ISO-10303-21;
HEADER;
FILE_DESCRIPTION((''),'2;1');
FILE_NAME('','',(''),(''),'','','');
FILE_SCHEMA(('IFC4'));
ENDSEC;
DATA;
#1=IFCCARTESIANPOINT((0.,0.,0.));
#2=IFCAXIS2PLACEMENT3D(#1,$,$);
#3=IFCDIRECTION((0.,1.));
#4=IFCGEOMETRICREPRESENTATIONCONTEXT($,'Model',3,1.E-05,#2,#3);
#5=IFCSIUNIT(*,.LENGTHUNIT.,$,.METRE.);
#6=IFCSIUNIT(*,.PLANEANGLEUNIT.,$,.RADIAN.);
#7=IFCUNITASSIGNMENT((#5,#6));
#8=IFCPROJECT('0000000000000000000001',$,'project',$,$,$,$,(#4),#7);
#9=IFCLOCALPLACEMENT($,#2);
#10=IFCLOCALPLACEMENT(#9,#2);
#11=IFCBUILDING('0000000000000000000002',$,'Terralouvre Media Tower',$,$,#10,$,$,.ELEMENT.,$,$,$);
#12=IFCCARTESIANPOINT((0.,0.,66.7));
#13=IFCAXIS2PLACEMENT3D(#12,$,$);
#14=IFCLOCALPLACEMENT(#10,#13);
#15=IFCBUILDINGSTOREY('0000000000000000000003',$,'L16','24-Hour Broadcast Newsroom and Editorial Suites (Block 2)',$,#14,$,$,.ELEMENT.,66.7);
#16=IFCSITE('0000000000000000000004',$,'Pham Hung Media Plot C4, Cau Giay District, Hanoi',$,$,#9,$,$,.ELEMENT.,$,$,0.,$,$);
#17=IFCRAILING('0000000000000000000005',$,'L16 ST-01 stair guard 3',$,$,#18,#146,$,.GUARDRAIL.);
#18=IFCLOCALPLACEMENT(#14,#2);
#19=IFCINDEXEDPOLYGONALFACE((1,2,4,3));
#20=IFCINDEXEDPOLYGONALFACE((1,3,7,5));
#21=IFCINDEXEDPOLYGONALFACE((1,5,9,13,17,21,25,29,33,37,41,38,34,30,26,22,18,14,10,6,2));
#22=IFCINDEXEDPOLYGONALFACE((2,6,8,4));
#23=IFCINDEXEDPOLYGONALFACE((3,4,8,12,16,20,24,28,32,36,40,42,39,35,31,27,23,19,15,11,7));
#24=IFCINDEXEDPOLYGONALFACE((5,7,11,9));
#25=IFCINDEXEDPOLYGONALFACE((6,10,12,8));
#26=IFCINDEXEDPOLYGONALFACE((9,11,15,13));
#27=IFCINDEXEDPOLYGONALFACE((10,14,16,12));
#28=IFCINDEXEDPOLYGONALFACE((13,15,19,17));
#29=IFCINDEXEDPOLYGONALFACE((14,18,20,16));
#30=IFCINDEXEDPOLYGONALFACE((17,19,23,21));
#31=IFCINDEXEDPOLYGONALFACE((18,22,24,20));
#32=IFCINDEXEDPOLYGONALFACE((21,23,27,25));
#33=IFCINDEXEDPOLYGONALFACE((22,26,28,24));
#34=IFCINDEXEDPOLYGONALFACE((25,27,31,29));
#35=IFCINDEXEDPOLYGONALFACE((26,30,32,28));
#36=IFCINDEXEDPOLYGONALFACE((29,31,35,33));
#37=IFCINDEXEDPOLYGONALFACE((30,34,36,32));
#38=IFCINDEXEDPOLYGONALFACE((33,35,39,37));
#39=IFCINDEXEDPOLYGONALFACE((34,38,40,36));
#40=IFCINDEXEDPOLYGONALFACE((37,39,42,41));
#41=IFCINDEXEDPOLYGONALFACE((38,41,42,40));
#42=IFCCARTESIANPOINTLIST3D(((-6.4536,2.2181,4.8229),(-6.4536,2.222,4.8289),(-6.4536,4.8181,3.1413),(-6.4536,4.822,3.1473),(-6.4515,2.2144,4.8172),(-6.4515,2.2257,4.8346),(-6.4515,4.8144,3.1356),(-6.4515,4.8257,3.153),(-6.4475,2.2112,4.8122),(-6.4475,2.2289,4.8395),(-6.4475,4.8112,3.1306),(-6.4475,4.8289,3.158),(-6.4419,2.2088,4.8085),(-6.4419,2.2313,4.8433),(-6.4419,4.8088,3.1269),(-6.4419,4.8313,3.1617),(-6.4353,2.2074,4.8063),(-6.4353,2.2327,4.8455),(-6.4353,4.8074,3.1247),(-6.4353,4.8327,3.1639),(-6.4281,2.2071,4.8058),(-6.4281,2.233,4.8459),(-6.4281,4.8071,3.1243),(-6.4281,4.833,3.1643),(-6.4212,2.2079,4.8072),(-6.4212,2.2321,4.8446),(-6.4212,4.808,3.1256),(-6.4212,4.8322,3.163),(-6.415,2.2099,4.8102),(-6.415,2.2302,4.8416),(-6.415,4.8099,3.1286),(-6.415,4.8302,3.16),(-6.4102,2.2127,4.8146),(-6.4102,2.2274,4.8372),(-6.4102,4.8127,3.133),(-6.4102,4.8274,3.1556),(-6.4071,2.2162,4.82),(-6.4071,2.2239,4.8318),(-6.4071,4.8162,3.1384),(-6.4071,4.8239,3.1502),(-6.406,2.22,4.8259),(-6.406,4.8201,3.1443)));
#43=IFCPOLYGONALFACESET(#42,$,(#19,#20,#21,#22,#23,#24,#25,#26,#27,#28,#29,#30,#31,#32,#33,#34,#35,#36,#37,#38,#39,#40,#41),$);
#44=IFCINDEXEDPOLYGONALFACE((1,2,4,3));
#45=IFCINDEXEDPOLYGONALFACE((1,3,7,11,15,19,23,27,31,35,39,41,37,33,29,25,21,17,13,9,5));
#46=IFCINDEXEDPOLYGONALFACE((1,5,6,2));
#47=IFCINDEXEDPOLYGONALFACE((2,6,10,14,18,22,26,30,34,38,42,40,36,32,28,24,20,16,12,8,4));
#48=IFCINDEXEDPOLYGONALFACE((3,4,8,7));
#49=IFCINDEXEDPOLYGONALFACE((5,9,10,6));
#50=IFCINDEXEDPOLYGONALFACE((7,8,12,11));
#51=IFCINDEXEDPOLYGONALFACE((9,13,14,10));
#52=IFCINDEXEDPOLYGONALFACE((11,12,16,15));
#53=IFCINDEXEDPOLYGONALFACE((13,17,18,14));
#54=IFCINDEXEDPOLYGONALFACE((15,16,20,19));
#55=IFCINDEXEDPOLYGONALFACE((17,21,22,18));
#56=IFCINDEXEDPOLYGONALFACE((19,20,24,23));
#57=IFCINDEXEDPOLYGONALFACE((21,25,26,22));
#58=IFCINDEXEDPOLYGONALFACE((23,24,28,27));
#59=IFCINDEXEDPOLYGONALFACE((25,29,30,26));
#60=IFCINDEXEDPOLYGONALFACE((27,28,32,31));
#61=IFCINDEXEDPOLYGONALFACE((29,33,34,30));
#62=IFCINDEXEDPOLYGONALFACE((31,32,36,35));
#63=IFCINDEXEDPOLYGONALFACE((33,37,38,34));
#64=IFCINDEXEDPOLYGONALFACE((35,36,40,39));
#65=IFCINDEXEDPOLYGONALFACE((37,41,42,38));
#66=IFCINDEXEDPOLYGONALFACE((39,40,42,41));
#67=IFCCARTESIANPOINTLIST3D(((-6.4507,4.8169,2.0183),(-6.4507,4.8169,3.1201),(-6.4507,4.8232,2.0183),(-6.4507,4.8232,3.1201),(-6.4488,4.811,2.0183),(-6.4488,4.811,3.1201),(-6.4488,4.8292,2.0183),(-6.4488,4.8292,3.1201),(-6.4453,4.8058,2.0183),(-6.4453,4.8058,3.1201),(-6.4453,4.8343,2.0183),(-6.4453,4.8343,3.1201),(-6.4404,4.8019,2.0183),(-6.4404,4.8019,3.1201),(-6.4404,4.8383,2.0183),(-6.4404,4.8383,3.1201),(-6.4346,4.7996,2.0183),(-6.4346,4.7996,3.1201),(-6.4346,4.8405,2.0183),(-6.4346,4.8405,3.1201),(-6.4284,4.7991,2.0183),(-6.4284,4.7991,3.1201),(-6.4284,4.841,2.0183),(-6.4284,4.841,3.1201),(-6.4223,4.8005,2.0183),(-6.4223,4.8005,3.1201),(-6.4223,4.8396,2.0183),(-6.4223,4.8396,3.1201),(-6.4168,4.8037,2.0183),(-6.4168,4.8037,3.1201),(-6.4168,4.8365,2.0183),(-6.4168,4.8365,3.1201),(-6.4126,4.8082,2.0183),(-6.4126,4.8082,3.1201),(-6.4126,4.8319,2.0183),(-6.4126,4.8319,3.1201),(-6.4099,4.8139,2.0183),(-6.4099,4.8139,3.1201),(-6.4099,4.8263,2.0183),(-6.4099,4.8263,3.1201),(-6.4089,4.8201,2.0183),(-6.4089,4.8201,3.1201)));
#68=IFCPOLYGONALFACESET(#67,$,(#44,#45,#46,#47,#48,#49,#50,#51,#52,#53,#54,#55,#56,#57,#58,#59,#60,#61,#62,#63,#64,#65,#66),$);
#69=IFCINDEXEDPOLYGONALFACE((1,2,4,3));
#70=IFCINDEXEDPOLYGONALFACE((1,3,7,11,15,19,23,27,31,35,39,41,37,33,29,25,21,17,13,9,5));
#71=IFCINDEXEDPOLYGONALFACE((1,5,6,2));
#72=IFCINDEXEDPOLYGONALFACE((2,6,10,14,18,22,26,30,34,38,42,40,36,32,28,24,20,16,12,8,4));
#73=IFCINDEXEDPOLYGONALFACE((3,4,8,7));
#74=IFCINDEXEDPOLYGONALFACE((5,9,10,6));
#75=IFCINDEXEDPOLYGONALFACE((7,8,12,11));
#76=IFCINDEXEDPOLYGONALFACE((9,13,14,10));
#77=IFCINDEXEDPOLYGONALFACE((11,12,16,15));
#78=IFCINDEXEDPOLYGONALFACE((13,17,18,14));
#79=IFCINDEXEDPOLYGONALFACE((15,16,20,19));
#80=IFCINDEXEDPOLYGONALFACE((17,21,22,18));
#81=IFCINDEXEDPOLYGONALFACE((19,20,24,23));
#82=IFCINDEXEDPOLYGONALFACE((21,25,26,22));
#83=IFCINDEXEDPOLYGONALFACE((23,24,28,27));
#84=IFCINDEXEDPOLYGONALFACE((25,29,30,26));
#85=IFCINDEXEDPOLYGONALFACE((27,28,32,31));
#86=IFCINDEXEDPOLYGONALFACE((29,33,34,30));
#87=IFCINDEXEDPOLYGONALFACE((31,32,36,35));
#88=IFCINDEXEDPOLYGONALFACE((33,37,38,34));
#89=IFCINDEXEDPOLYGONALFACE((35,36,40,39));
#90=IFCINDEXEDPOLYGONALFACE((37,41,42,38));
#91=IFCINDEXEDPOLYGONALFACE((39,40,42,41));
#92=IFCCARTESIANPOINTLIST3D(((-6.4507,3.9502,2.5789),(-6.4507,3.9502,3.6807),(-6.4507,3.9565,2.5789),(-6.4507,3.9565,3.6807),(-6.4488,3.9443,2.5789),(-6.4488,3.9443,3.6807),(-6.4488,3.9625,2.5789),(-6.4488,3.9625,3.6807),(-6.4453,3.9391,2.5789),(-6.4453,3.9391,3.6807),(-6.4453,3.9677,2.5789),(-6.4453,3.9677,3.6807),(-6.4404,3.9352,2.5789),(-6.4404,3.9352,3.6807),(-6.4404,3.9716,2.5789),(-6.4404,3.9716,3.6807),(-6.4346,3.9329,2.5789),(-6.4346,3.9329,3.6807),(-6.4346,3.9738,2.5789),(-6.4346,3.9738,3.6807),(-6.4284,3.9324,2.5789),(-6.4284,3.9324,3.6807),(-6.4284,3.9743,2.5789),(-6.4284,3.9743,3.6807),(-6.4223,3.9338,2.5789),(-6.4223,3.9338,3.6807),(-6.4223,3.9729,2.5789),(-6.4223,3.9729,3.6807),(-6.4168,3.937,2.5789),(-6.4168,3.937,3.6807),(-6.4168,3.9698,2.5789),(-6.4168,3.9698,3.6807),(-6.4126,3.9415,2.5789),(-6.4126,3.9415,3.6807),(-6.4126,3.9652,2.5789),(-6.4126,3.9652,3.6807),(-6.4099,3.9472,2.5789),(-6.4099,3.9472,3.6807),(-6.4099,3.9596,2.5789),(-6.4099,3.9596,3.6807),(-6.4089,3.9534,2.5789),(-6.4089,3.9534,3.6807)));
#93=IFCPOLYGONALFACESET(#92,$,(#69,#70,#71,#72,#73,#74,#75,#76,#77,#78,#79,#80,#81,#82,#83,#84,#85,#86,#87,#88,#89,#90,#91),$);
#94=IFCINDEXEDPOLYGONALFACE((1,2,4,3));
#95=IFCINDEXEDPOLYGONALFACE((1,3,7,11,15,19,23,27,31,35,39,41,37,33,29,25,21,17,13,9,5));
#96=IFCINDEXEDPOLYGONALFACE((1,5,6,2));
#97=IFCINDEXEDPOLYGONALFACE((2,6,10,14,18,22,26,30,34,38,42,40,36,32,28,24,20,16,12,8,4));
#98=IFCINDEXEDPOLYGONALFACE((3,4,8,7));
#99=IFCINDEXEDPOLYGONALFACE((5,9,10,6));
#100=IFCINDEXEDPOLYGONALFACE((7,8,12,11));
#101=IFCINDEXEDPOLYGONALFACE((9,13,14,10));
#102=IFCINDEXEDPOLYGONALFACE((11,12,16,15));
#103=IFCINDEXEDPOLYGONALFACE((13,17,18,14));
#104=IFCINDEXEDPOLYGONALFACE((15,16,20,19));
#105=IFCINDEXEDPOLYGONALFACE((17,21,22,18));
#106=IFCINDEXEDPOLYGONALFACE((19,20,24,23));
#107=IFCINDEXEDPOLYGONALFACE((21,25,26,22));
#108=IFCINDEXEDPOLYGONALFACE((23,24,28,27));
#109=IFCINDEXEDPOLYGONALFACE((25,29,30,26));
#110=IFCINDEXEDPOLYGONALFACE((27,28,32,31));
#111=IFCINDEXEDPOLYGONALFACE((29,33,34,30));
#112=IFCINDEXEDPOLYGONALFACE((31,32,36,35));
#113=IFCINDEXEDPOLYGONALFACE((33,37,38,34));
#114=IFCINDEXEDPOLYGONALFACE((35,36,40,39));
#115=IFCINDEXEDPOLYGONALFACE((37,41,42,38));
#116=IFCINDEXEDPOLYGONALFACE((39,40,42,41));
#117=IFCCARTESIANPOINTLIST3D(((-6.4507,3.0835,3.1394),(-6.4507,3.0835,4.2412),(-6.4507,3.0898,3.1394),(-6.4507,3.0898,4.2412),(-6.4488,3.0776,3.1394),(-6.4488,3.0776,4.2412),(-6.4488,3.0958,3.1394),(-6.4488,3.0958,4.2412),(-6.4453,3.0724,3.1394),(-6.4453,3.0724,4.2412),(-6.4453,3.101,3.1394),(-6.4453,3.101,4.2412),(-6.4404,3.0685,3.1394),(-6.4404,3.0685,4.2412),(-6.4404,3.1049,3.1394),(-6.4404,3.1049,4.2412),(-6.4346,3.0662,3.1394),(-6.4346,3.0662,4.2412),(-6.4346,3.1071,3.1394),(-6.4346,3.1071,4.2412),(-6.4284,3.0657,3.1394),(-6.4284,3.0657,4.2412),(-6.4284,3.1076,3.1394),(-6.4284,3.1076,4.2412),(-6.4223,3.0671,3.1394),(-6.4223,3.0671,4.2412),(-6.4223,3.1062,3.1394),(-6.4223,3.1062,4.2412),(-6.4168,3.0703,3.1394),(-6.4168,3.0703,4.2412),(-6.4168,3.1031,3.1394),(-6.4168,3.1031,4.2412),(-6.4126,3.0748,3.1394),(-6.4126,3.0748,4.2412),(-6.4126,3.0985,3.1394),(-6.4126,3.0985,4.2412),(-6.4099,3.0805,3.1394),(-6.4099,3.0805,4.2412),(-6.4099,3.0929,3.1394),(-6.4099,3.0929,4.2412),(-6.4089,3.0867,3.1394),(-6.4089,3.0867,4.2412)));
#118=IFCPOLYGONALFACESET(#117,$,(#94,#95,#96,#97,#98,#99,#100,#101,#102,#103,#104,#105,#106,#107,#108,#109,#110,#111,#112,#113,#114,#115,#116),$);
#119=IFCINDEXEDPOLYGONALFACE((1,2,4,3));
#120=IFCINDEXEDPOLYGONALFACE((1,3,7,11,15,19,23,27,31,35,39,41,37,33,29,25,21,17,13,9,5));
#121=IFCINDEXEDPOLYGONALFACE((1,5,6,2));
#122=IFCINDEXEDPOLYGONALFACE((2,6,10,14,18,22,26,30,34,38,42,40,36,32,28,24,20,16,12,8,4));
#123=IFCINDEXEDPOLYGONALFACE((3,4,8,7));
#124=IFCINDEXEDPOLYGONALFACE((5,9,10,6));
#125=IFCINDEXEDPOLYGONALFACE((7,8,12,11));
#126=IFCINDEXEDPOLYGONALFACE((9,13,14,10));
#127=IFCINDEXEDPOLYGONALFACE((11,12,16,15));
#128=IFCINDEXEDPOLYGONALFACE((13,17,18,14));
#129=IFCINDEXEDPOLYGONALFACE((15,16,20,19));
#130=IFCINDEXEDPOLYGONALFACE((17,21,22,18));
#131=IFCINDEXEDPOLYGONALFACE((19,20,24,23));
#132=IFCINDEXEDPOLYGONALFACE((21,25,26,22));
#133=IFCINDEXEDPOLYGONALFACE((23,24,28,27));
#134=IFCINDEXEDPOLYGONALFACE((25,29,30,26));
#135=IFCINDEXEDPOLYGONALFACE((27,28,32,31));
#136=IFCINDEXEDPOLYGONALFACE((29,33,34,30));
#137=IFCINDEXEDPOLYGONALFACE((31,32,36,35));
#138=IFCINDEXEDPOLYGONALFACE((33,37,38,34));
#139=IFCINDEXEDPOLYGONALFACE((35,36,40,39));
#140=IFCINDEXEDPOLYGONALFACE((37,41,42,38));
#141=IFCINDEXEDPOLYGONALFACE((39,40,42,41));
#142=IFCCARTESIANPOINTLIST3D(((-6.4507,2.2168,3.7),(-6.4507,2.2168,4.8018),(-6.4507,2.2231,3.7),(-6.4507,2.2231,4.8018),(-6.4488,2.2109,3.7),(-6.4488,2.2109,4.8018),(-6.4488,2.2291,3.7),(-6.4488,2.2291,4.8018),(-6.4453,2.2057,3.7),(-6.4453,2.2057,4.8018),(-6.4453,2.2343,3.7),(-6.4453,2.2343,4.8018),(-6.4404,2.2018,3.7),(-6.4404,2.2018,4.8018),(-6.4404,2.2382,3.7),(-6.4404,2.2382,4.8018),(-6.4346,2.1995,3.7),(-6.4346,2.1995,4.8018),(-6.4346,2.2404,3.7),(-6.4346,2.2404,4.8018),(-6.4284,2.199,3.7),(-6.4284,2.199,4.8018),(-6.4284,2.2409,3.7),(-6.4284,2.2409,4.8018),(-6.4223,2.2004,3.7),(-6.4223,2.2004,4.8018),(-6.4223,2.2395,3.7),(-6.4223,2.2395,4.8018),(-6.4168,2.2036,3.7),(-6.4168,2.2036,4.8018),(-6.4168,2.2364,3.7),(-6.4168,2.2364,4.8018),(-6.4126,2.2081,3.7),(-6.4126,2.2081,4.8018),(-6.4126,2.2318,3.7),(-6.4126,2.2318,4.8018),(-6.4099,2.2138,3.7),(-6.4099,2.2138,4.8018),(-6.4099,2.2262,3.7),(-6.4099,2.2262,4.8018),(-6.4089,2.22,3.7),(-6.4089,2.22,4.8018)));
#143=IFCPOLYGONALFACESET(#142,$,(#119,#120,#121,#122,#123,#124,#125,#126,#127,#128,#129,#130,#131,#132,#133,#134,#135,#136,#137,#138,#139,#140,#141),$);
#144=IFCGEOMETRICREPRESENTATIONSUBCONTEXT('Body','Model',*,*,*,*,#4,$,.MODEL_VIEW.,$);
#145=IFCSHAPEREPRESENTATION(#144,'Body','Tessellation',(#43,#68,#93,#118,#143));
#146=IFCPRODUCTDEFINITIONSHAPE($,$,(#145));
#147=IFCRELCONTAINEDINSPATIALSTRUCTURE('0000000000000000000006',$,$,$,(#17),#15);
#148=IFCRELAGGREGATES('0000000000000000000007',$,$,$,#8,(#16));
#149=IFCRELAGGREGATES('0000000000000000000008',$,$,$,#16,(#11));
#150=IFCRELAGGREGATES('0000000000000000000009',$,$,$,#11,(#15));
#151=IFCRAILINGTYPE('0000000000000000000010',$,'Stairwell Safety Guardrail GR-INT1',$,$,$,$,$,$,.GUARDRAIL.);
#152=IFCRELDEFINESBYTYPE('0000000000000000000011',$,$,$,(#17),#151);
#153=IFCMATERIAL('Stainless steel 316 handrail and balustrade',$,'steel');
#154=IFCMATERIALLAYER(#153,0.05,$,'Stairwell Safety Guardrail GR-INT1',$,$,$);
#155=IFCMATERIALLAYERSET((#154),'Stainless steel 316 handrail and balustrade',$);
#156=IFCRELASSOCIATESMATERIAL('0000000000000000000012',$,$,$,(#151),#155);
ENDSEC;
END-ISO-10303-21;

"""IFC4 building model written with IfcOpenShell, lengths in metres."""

from ifc_helpers import new_model, si_unit, direction, frame, origin, origin_2d, place, context, subcontext, project, spatial, circle, extrude, material, layer, layer_set, type_object, element, save


model = new_model("IFC4")

# Units and contexts
model_context = context("Model", 3, precision=1e-05, world=origin(), true_north=direction((0.0, 1.0)))
body_context = subcontext(model_context, "Body", "Model", "MODEL_VIEW")
ifc_project = project(units=[si_unit("LENGTHUNIT", "METRE"), si_unit("PLANEANGLEUNIT", "RADIAN")], contexts=[model_context])

# Site, building, storey
site_placement = place(None, origin())
site = spatial("IfcSite", under=ifc_project, at=site_placement, Name="Pham Hung Media Plot C4, Cau Giay District, Hanoi", CompositionType="ELEMENT", RefElevation=0.0)
building_placement = place(site_placement, origin())
building = spatial("IfcBuilding", under=site, at=building_placement, Name="Terralouvre Media Tower", CompositionType="ELEMENT")
storey_placement = place(building_placement, frame((0.0, 0.0, 66.7)))
storey = spatial("IfcBuildingStorey", under=building, at=storey_placement, Name="L16", Description="24-Hour Broadcast Newsroom and Editorial Suites (Block 2)", CompositionType="ELEMENT", Elevation=66.7)

# Railing
ifc_material_1 = material(Name="Stainless steel 316 handrail and balustrade", Category="steel")
ifc_layer_1 = layer(ifc_material_1, 0.05, Name="Stairwell Safety Guardrail GR-INT1")
ifc_layer_set_1 = layer_set([ifc_layer_1], Name="Stainless steel 316 handrail and balustrade")
railing_type_1 = type_object("IfcRailingType", Name="Stairwell Safety Guardrail GR-INT1", PredefinedType="GUARDRAIL", material=ifc_layer_set_1)
railing_1_placement = place(storey_placement, frame((-6.4299, 4.8201, 2.0183)))
element("IfcRailing", 1, at=railing_1_placement, inside=storey, type_object=railing_type_1, Name="L16 ST-01 stair guard 3", PredefinedType="GUARDRAIL", context=body_context, shape_type="SweptSolid", body=[
    extrude(circle(Radius=0.0239, at=origin_2d()), frame((0.0, 0.0, 1.126), z_axis=(0.0, -0.839684, 0.543075), x_axis=(1.0, 0.0, 0.0)), (0.0, 0.0, 1.0), 3.0964),
    extrude(circle(Radius=0.021, at=origin_2d()), origin(), (0.0, 0.0, 1.0), 1.1018),
    extrude(circle(Radius=0.021, at=origin_2d()), frame((0.0, -0.8667, 0.5605)), (0.0, 0.0, 1.0), 1.1018),
    extrude(circle(Radius=0.021, at=origin_2d()), frame((0.0, -1.7334, 1.1211)), (0.0, 0.0, 1.0), 1.1018),
    extrude(circle(Radius=0.021, at=origin_2d()), frame((0.0, -2.6001, 1.6816)), (0.0, 0.0, 1.0), 1.1018),
])

save(model, "model.ifc")
